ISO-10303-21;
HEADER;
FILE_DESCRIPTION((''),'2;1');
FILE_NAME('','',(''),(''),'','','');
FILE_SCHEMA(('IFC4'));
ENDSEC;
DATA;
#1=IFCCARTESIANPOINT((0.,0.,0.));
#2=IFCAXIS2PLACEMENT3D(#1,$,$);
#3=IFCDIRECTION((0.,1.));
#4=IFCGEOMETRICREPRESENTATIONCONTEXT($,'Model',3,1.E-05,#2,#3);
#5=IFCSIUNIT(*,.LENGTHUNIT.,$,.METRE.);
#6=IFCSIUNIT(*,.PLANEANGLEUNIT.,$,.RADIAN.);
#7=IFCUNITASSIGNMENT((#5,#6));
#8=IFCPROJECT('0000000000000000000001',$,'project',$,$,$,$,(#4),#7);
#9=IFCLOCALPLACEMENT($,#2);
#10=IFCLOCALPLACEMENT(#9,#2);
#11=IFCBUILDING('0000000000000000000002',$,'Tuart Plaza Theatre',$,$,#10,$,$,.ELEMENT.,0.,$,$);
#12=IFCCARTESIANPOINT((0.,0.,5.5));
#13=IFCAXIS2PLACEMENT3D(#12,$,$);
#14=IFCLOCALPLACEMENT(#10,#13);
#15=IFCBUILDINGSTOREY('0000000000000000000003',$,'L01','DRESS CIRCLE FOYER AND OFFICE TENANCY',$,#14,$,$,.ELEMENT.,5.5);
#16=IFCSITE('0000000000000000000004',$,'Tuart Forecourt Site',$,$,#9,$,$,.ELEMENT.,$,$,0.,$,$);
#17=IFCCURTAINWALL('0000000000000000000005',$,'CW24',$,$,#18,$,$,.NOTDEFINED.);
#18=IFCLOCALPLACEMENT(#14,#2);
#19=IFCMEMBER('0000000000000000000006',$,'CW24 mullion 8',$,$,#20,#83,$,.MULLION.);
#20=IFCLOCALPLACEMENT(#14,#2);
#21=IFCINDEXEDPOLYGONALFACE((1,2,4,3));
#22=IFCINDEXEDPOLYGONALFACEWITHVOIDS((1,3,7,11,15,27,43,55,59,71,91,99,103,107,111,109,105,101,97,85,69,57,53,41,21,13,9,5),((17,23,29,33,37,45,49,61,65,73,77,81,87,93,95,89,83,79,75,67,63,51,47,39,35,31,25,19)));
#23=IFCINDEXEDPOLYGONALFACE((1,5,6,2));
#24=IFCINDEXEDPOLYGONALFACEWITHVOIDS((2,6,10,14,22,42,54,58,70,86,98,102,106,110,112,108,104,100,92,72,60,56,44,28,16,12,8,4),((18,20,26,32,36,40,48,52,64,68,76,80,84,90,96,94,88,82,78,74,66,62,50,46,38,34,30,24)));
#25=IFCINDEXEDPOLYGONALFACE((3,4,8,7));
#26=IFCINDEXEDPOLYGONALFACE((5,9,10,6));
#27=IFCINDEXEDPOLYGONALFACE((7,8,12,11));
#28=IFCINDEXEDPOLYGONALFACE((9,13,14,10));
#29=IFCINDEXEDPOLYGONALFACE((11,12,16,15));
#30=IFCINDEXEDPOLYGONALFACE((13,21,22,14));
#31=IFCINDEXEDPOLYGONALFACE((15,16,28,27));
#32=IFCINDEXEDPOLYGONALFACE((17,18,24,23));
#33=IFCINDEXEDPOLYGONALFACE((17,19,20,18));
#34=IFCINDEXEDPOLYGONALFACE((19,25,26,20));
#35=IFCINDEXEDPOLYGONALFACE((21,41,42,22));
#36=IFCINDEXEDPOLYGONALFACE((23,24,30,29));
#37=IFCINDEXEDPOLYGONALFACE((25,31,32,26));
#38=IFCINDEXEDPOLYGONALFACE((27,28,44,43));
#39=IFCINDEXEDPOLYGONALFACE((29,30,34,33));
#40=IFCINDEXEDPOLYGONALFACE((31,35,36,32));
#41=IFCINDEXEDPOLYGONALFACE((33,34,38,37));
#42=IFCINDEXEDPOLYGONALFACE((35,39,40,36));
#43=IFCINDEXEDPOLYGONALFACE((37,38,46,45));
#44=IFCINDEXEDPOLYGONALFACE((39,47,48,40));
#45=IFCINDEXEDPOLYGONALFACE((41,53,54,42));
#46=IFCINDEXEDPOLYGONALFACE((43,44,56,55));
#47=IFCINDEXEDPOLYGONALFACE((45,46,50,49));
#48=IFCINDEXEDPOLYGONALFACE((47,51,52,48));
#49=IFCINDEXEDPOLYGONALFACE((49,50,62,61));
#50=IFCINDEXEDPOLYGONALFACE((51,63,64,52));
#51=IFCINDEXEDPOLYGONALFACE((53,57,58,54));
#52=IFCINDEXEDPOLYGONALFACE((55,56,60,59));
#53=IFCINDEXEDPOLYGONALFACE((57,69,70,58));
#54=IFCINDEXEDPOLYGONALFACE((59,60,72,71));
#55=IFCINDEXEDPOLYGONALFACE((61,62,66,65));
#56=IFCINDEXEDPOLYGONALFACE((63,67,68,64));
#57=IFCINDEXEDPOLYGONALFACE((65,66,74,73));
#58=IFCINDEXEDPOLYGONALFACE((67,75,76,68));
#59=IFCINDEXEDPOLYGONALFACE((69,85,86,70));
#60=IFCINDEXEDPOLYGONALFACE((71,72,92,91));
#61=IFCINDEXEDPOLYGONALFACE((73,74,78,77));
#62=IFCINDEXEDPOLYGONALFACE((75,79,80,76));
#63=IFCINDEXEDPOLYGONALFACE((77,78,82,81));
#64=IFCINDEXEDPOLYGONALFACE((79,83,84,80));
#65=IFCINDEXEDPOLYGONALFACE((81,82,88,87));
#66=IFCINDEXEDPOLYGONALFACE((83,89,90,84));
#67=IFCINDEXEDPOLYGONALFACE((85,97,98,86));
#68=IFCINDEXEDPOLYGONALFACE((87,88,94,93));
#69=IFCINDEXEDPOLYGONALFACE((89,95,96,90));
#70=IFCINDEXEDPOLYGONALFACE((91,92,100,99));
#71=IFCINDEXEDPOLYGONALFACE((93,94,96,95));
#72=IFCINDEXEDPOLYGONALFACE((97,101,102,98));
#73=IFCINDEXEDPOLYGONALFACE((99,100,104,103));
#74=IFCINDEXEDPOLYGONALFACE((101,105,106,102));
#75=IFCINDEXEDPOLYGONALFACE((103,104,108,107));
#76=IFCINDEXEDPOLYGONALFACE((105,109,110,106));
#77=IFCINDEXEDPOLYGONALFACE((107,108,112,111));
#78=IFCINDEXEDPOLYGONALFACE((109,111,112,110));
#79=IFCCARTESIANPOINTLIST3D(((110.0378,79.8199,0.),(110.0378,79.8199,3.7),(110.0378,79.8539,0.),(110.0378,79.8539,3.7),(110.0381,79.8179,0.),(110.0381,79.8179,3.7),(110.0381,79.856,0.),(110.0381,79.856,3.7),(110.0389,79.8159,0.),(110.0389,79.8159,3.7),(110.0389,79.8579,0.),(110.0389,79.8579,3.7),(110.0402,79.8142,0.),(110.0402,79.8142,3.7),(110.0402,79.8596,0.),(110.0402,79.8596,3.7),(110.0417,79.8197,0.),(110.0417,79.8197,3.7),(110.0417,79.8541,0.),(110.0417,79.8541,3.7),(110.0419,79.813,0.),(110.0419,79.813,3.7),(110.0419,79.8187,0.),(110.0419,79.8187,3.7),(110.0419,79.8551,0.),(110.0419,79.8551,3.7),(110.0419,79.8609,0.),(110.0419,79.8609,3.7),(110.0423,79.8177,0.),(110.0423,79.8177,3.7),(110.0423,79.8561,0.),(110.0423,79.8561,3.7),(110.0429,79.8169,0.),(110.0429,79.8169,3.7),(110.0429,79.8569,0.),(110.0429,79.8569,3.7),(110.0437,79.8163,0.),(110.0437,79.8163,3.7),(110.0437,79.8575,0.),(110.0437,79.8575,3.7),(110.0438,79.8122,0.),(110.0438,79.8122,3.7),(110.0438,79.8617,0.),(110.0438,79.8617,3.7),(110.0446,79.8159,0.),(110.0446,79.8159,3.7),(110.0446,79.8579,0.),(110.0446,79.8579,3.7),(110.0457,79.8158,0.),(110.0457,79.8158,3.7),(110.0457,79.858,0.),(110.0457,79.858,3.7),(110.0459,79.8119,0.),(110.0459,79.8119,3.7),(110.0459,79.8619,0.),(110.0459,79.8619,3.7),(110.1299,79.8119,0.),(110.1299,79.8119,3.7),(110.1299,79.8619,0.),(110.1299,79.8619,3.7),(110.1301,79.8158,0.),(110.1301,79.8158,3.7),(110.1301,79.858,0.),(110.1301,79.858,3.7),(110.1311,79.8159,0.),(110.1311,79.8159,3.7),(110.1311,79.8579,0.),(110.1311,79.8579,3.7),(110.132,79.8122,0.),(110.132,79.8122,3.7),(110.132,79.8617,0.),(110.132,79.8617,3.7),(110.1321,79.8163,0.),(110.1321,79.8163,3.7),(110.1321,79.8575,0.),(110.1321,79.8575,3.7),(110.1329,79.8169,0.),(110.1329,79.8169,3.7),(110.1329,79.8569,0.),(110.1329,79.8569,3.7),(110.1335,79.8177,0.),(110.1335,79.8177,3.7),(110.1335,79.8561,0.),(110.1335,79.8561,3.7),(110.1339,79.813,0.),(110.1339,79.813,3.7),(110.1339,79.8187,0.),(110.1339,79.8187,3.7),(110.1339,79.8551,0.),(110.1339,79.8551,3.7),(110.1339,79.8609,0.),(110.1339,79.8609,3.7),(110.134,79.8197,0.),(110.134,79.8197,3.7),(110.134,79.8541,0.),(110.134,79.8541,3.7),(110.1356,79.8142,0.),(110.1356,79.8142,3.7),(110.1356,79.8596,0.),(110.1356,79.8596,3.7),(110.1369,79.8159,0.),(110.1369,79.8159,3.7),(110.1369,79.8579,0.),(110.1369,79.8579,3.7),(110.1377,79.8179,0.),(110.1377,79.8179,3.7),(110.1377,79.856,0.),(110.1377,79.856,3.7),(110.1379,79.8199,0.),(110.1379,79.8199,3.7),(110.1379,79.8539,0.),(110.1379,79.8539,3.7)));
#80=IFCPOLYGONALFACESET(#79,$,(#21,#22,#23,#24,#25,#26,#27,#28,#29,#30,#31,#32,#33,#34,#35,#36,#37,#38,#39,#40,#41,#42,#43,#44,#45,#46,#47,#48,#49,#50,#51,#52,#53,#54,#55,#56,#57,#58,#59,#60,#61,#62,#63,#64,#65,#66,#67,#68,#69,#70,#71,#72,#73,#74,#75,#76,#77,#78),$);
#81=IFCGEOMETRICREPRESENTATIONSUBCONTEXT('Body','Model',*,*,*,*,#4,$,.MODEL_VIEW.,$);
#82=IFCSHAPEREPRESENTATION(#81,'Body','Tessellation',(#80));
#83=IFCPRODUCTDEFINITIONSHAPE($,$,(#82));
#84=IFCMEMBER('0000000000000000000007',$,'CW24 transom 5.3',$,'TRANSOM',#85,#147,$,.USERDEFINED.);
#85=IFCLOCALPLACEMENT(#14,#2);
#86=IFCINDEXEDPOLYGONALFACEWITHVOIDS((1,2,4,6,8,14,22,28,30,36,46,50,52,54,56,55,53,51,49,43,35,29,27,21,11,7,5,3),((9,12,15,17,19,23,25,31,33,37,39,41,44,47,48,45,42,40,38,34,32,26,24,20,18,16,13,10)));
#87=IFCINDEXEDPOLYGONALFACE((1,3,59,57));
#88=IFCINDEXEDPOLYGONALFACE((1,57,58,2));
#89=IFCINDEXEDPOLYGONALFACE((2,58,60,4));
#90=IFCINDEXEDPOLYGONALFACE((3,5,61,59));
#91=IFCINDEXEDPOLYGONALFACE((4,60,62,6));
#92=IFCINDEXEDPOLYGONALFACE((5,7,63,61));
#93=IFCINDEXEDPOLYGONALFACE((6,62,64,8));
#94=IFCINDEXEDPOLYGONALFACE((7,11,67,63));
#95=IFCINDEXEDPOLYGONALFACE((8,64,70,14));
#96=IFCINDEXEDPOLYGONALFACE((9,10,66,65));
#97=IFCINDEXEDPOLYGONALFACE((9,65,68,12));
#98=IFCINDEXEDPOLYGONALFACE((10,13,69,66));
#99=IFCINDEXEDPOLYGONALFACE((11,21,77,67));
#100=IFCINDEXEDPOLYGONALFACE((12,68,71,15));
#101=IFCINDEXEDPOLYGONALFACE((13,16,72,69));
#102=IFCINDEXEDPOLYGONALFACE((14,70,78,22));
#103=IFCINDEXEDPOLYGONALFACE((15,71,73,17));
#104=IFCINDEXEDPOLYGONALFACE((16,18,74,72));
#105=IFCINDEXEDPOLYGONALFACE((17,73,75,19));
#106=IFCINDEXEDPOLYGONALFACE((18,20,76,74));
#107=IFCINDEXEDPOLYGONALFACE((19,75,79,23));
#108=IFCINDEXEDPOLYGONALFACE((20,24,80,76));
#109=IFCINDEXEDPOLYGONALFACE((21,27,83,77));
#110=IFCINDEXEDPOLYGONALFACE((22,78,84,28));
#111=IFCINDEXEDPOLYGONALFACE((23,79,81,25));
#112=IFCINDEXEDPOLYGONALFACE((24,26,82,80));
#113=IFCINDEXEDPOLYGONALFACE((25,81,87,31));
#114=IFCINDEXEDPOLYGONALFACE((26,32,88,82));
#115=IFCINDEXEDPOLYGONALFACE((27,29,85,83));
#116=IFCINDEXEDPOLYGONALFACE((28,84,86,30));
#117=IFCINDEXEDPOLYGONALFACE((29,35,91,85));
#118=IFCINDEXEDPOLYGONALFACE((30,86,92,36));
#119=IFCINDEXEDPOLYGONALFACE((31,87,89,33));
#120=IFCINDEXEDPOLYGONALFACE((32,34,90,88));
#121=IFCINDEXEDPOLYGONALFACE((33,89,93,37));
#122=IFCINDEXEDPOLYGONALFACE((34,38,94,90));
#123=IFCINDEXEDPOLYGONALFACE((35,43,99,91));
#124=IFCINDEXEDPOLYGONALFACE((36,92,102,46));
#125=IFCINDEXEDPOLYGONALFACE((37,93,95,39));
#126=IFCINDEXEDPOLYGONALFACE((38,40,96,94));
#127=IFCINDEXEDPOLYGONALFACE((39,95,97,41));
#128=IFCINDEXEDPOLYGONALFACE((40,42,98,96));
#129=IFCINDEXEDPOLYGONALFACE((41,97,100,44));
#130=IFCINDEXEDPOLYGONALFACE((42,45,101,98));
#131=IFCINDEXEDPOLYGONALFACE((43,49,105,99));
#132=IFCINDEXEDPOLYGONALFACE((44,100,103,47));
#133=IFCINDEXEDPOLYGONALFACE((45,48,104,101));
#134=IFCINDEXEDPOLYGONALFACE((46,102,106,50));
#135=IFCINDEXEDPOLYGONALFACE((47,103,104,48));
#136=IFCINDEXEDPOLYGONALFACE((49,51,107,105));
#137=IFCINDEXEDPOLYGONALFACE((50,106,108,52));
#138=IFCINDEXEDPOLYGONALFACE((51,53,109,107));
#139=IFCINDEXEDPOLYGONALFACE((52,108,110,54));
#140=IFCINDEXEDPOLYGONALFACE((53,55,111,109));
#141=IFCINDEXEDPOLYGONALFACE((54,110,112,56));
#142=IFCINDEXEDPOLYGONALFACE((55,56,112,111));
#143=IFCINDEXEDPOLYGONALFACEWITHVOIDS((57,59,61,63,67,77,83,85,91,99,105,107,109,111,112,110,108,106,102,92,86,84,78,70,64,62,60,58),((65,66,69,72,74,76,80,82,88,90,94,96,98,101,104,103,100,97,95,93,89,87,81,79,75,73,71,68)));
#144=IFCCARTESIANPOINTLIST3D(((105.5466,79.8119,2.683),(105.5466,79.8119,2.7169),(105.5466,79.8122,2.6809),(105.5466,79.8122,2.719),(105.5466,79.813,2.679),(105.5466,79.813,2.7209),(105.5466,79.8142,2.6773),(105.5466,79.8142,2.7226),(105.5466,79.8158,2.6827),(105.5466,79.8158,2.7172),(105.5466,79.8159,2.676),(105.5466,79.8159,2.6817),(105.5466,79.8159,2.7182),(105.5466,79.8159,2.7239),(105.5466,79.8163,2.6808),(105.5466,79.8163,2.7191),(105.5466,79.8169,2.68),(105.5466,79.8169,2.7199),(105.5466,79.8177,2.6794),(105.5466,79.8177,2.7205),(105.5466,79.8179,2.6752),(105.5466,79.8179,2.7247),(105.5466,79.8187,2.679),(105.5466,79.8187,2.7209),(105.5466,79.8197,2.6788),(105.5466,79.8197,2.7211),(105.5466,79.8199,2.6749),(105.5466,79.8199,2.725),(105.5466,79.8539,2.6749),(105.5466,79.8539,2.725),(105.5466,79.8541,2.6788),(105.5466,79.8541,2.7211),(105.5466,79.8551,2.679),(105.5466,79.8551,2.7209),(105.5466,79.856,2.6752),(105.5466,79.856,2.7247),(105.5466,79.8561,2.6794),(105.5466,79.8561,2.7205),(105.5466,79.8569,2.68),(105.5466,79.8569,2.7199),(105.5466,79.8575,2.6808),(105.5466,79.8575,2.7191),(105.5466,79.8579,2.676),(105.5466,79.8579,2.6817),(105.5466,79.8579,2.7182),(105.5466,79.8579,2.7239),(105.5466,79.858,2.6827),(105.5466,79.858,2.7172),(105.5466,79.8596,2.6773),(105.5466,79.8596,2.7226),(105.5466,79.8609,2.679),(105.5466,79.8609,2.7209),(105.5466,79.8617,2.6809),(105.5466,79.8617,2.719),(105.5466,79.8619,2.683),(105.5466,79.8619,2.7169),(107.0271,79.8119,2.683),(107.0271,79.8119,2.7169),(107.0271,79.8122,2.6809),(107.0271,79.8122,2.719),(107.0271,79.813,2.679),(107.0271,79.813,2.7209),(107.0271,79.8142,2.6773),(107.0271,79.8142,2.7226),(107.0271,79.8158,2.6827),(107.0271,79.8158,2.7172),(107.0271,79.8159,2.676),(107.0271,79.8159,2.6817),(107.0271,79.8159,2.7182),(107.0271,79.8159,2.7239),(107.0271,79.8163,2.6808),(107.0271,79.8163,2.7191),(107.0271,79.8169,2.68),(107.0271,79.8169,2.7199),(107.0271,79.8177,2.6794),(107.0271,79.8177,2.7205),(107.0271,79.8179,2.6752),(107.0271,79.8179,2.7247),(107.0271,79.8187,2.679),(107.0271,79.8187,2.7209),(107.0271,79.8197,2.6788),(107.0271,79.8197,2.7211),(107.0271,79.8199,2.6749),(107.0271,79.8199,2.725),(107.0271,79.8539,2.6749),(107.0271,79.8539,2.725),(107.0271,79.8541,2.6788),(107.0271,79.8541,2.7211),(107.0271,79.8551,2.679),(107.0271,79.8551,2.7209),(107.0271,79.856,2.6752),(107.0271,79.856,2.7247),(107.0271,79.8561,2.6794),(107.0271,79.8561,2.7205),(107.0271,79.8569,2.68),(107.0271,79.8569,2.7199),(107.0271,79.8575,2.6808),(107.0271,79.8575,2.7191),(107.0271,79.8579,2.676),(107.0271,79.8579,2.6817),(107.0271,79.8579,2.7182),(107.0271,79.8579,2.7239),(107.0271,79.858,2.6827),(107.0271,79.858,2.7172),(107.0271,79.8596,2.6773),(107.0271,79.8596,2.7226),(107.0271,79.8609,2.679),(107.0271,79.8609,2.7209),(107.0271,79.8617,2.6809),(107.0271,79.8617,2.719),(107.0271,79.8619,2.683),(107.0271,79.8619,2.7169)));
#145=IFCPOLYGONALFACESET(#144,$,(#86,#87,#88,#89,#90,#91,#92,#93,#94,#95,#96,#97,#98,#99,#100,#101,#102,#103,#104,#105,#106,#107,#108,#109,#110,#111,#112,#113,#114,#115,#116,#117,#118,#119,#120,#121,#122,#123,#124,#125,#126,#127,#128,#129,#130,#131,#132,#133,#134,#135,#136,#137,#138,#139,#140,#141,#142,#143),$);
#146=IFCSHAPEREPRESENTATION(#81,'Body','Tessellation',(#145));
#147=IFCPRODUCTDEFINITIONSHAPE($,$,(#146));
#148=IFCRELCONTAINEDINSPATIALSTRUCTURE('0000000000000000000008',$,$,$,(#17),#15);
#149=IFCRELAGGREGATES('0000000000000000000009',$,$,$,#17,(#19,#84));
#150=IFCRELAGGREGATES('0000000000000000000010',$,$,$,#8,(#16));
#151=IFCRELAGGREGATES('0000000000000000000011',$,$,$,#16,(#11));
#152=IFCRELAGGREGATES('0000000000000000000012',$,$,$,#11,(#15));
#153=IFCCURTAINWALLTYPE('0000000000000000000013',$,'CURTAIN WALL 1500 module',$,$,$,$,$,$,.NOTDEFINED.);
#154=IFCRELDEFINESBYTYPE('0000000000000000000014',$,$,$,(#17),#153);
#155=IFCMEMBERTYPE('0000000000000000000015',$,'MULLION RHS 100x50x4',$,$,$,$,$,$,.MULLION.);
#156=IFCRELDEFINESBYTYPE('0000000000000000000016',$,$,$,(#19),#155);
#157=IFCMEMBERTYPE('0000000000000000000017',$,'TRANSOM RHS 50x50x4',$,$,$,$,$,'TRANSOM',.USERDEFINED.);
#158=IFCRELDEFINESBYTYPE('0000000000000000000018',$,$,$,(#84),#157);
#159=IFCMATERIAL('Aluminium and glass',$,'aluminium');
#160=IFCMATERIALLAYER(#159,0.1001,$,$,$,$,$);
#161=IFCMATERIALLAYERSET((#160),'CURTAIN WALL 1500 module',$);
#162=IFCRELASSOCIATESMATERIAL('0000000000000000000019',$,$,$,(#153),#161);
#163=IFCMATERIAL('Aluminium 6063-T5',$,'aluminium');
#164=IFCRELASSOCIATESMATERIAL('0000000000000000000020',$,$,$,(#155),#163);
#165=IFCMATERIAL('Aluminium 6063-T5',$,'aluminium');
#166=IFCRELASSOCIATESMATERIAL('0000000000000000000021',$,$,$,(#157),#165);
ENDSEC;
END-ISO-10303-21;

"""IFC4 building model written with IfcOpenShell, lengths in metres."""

from ifc_helpers import new_model, si_unit, direction, frame, origin, origin_2d, place, context, subcontext, project, spatial, hollow_rectangle, extrude, material, layer, layer_set, material_profile, profile_set, type_object, element, aggregate, save


model = new_model("IFC4")

# Units and contexts
model_context = context("Model", 3, precision=1e-05, world=origin(), true_north=direction((0.0, 1.0)))
body_context = subcontext(model_context, "Body", "Model", "MODEL_VIEW")
ifc_project = project(units=[si_unit("LENGTHUNIT", "METRE"), si_unit("PLANEANGLEUNIT", "RADIAN")], contexts=[model_context])

# Site, building, storey
site_placement = place(None, origin())
site = spatial("IfcSite", under=ifc_project, at=site_placement, Name="Tuart Forecourt Site", CompositionType="ELEMENT", RefElevation=0.0)
building_placement = place(site_placement, origin())
building = spatial("IfcBuilding", under=site, at=building_placement, Name="Tuart Plaza Theatre", CompositionType="ELEMENT", ElevationOfRefHeight=0.0)
storey_placement = place(building_placement, frame((0.0, 0.0, 5.5)))
storey = spatial("IfcBuildingStorey", under=building, at=storey_placement, Name="L01", Description="DRESS CIRCLE FOYER AND OFFICE TENANCY", CompositionType="ELEMENT", Elevation=5.5)

# Curtain wall, members
ifc_material_1 = material(Name="Aluminium and glass", Category="aluminium")
ifc_layer_1 = layer(ifc_material_1, 0.1001)
ifc_layer_set_1 = layer_set([ifc_layer_1], Name="CURTAIN WALL 1500 module")
curtain_wall_type = type_object("IfcCurtainWallType", Name="CURTAIN WALL 1500 module", PredefinedType="NOTDEFINED", material=ifc_layer_set_1)
curtain_wall_placement = place(storey_placement, origin())
curtain_wall = element("IfcCurtainWall", 1, at=curtain_wall_placement, inside=storey, type_object=curtain_wall_type, Name="CW24", PredefinedType="NOTDEFINED")
ifc_material_2 = material(Name="Aluminium 6063-T5", Category="aluminium")
ifc_material_profile_1 = material_profile(ifc_material_2, hollow_rectangle(XDim=0.05, YDim=0.1001, WallThickness=0.0039, InnerFilletRadius=0.0039, OuterFilletRadius=0.0081, at=origin_2d()), Name="RHS 100x50x4")
ifc_profile_set_1 = profile_set([ifc_material_profile_1], Name="Aluminium 6063-T5")
member_type_1 = type_object("IfcMemberType", Name="MULLION RHS 100x50x4", PredefinedType="MULLION", material=ifc_profile_set_1)
member_1_placement = place(storey_placement, frame((110.0879, 79.8369, 0.0), z_axis=(0.0, 0.0, 1.0), x_axis=(0.0, 1.0, 0.0)))
member_1 = element("IfcMember", 2, at=member_1_placement, type_object=member_type_1, Name="CW24 mullion 8", PredefinedType="MULLION", context=body_context, shape_type="SweptSolid", body=[
    extrude(hollow_rectangle(XDim=0.05, YDim=0.1001, WallThickness=0.0039, InnerFilletRadius=0.0039, OuterFilletRadius=0.0081, at=origin_2d()), origin(), (0.0, 0.0, 1.0), 3.7),
])
ifc_material_3 = material(Name="Aluminium 6063-T5", Category="aluminium")
ifc_material_profile_2 = material_profile(ifc_material_3, hollow_rectangle(XDim=0.05, YDim=0.05, WallThickness=0.0039, InnerFilletRadius=0.0039, OuterFilletRadius=0.0081, at=origin_2d()), Name="RHS 50x50x4")
ifc_profile_set_2 = profile_set([ifc_material_profile_2], Name="Aluminium 6063-T5")
member_type_2 = type_object("IfcMemberType", Name="TRANSOM RHS 50x50x4", ElementType="TRANSOM", PredefinedType="USERDEFINED", material=ifc_profile_set_2)
member_2_placement = place(storey_placement, frame((105.5466, 79.8369, 2.7), z_axis=(1.0, 0.0, 0.0), x_axis=(0.0, 1.0, 0.0)))
member_2 = element("IfcMember", 3, at=member_2_placement, type_object=member_type_2, Name="CW24 transom 5.3", ObjectType="TRANSOM", PredefinedType="USERDEFINED", context=body_context, shape_type="SweptSolid", body=[
    extrude(hollow_rectangle(XDim=0.05, YDim=0.05, WallThickness=0.0039, InnerFilletRadius=0.0039, OuterFilletRadius=0.0081, at=origin_2d()), origin(), (0.0, 0.0, 1.0), 1.4805),
])
aggregate(curtain_wall, [member_1, member_2])

save(model, "model.ifc")
